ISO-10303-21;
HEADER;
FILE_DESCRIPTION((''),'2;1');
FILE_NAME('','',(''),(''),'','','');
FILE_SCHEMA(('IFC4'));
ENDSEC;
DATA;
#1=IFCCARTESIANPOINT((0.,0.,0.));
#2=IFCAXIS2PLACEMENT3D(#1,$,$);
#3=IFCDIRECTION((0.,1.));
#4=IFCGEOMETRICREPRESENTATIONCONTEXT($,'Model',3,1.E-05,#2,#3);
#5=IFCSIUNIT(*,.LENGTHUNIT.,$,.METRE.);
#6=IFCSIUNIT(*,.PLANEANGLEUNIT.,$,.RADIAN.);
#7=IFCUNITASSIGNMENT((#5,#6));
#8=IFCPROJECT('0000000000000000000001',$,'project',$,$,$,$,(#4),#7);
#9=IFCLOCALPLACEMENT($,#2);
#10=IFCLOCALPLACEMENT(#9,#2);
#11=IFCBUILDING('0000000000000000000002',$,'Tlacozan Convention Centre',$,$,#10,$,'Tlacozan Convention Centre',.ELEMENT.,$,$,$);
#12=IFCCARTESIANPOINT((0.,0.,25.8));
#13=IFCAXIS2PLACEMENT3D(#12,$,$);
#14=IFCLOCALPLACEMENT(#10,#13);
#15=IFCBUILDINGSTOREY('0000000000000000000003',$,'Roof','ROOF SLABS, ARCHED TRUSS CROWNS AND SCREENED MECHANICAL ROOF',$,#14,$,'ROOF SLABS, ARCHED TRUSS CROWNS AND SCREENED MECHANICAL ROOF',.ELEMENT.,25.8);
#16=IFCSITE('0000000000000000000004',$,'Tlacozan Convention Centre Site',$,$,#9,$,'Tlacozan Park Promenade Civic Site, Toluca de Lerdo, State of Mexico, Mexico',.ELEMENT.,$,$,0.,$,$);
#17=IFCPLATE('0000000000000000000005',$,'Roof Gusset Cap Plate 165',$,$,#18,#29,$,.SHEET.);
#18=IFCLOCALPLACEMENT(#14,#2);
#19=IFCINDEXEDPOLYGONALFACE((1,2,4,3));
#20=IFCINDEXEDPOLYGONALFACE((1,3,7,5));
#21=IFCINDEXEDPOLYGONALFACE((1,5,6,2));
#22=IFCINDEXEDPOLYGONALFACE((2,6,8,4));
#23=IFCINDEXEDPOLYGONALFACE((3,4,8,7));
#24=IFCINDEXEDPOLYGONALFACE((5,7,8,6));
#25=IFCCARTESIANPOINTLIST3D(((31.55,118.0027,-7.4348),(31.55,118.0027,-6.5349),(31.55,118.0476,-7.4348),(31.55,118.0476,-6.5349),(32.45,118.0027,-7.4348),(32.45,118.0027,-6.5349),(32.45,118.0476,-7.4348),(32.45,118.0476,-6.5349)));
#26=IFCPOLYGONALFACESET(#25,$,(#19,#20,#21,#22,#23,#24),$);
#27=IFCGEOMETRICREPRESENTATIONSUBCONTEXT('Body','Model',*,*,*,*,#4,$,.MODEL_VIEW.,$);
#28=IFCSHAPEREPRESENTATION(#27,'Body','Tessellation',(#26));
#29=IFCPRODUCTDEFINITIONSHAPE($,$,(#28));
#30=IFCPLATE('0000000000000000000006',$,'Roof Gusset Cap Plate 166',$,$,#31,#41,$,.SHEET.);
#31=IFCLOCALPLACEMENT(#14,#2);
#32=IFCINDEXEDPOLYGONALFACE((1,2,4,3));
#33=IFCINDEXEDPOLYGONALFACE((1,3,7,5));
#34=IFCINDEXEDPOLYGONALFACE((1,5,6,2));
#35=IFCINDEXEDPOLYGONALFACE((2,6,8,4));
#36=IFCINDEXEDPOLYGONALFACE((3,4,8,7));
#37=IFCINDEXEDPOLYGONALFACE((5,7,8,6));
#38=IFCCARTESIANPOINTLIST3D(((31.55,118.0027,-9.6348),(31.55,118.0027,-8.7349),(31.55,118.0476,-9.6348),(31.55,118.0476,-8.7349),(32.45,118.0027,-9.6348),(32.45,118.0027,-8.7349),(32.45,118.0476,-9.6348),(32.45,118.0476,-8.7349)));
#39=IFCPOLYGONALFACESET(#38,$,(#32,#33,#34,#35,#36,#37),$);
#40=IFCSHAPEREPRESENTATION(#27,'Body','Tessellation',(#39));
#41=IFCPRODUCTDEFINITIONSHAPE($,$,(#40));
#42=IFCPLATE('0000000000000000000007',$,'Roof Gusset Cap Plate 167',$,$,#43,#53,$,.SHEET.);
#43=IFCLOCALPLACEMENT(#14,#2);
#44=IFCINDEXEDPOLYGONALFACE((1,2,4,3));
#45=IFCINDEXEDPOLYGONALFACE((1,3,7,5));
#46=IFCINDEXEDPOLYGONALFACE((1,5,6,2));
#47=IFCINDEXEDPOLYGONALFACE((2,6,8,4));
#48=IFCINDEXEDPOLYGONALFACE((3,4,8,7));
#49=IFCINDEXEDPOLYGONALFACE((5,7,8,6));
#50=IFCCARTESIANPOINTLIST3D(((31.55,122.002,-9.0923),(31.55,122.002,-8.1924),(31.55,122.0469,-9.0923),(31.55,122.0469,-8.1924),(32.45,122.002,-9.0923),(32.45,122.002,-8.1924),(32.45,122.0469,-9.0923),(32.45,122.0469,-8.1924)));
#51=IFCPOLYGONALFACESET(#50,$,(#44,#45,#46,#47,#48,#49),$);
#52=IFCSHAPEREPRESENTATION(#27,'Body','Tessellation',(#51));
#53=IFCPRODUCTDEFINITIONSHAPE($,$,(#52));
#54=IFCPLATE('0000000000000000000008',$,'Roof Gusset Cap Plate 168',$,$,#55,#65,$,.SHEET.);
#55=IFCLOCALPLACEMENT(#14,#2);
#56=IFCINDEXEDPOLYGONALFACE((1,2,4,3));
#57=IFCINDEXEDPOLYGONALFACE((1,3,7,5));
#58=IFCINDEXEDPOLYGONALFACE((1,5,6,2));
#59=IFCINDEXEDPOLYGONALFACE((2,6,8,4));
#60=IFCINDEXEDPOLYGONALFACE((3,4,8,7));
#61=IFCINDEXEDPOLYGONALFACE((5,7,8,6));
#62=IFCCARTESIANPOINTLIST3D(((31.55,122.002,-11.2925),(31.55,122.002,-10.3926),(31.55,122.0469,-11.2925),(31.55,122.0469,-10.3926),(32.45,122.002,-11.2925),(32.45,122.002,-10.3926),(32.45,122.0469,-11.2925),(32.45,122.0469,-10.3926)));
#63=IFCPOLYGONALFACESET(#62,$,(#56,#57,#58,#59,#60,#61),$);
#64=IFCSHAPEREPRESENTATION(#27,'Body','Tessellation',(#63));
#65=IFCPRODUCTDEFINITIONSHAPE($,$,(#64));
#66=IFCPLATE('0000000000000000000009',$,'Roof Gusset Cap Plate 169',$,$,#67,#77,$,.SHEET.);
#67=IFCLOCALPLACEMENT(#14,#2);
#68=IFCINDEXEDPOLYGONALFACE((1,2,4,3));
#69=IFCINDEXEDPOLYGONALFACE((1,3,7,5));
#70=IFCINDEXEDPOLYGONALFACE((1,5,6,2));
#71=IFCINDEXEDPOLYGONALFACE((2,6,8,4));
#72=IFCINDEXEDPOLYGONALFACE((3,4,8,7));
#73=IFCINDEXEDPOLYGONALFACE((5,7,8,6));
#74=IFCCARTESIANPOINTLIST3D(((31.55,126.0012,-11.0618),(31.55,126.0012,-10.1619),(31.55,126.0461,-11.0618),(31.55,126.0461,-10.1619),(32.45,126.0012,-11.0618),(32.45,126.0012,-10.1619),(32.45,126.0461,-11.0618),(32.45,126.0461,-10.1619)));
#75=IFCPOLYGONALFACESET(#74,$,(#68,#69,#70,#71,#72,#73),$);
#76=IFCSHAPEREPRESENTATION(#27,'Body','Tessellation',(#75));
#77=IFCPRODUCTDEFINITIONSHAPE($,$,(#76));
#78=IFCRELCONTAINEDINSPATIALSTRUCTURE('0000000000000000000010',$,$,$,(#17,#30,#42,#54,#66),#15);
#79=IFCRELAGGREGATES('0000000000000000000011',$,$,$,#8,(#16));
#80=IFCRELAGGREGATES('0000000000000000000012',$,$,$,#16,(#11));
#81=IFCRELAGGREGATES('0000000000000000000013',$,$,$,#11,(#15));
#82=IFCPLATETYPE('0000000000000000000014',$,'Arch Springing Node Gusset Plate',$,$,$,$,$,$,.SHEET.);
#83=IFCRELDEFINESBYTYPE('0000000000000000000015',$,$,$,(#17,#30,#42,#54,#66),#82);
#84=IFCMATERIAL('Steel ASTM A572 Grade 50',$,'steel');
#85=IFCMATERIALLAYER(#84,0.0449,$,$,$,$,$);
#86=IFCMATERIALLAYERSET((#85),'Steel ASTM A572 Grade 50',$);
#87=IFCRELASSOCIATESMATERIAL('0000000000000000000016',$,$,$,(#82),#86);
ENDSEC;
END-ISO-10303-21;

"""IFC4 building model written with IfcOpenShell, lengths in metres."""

from ifc_helpers import new_model, si_unit, direction, frame, origin, origin_2d, place, context, subcontext, project, spatial, rectangle, extrude, material, layer, layer_set, type_object, element, save


model = new_model("IFC4")

# Units and contexts
model_context = context("Model", 3, precision=1e-05, world=origin(), true_north=direction((0.0, 1.0)))
body_context = subcontext(model_context, "Body", "Model", "MODEL_VIEW")
ifc_project = project(units=[si_unit("LENGTHUNIT", "METRE"), si_unit("PLANEANGLEUNIT", "RADIAN")], contexts=[model_context])

# Site, building, storey
site_placement = place(None, origin())
site = spatial("IfcSite", under=ifc_project, at=site_placement, Name="Tlacozan Convention Centre Site", LongName="Tlacozan Park Promenade Civic Site, Toluca de Lerdo, State of Mexico, Mexico", CompositionType="ELEMENT", RefElevation=0.0)
building_placement = place(site_placement, origin())
building = spatial("IfcBuilding", under=site, at=building_placement, Name="Tlacozan Convention Centre", LongName="Tlacozan Convention Centre", CompositionType="ELEMENT")
storey_placement = place(building_placement, frame((0.0, 0.0, 25.8)))
storey = spatial("IfcBuildingStorey", under=building, at=storey_placement, Name="Roof", Description="ROOF SLABS, ARCHED TRUSS CROWNS AND SCREENED MECHANICAL ROOF", LongName="ROOF SLABS, ARCHED TRUSS CROWNS AND SCREENED MECHANICAL ROOF", CompositionType="ELEMENT", Elevation=25.8)

# Plates
ifc_material_1 = material(Name="Steel ASTM A572 Grade 50", Category="steel")
ifc_layer = layer(ifc_material_1, 0.0449)
ifc_layer_set = layer_set([ifc_layer], Name="Steel ASTM A572 Grade 50")
plate_type = type_object("IfcPlateType", Name="Arch Springing Node Gusset Plate", PredefinedType="SHEET", material=ifc_layer_set)
for number, where, z_axis, x_axis, name in (
    (1, (32.0, 118.0251, -7.4348), (0.0, 0.0, 1.0), (0.0, 1.0, 0.0), "Roof Gusset Cap Plate 165"),
    (2, (32.0, 118.0251, -9.6348), (0.0, 0.0, 1.0), (0.0, 1.0, 0.0), "Roof Gusset Cap Plate 166"),
    (3, (32.0, 122.0244, -9.0923), (0.0, 0.0, 1.0), (0.0, 1.0, 0.0), "Roof Gusset Cap Plate 167"),
    (4, (32.0, 122.0244, -11.2925), (0.0, 0.0, 1.0), (0.0, 1.0, 0.0), "Roof Gusset Cap Plate 168"),
    (5, (32.0, 126.0237, -11.0618), (0.0, 0.0, 1.0), (0.0, 1.0, 0.0), "Roof Gusset Cap Plate 169"),
):
    element("IfcPlate", number, at=place(storey_placement, frame(where, z_axis=z_axis, x_axis=x_axis)), inside=storey, type_object=plate_type, Name=name, PredefinedType="SHEET", context=body_context, shape_type="SweptSolid", body=[
        extrude(rectangle(XDim=0.0449, YDim=0.8999, at=origin_2d()), origin(), (0.0, 0.0, 1.0), 0.8999),
    ])

save(model, "model.ifc")
